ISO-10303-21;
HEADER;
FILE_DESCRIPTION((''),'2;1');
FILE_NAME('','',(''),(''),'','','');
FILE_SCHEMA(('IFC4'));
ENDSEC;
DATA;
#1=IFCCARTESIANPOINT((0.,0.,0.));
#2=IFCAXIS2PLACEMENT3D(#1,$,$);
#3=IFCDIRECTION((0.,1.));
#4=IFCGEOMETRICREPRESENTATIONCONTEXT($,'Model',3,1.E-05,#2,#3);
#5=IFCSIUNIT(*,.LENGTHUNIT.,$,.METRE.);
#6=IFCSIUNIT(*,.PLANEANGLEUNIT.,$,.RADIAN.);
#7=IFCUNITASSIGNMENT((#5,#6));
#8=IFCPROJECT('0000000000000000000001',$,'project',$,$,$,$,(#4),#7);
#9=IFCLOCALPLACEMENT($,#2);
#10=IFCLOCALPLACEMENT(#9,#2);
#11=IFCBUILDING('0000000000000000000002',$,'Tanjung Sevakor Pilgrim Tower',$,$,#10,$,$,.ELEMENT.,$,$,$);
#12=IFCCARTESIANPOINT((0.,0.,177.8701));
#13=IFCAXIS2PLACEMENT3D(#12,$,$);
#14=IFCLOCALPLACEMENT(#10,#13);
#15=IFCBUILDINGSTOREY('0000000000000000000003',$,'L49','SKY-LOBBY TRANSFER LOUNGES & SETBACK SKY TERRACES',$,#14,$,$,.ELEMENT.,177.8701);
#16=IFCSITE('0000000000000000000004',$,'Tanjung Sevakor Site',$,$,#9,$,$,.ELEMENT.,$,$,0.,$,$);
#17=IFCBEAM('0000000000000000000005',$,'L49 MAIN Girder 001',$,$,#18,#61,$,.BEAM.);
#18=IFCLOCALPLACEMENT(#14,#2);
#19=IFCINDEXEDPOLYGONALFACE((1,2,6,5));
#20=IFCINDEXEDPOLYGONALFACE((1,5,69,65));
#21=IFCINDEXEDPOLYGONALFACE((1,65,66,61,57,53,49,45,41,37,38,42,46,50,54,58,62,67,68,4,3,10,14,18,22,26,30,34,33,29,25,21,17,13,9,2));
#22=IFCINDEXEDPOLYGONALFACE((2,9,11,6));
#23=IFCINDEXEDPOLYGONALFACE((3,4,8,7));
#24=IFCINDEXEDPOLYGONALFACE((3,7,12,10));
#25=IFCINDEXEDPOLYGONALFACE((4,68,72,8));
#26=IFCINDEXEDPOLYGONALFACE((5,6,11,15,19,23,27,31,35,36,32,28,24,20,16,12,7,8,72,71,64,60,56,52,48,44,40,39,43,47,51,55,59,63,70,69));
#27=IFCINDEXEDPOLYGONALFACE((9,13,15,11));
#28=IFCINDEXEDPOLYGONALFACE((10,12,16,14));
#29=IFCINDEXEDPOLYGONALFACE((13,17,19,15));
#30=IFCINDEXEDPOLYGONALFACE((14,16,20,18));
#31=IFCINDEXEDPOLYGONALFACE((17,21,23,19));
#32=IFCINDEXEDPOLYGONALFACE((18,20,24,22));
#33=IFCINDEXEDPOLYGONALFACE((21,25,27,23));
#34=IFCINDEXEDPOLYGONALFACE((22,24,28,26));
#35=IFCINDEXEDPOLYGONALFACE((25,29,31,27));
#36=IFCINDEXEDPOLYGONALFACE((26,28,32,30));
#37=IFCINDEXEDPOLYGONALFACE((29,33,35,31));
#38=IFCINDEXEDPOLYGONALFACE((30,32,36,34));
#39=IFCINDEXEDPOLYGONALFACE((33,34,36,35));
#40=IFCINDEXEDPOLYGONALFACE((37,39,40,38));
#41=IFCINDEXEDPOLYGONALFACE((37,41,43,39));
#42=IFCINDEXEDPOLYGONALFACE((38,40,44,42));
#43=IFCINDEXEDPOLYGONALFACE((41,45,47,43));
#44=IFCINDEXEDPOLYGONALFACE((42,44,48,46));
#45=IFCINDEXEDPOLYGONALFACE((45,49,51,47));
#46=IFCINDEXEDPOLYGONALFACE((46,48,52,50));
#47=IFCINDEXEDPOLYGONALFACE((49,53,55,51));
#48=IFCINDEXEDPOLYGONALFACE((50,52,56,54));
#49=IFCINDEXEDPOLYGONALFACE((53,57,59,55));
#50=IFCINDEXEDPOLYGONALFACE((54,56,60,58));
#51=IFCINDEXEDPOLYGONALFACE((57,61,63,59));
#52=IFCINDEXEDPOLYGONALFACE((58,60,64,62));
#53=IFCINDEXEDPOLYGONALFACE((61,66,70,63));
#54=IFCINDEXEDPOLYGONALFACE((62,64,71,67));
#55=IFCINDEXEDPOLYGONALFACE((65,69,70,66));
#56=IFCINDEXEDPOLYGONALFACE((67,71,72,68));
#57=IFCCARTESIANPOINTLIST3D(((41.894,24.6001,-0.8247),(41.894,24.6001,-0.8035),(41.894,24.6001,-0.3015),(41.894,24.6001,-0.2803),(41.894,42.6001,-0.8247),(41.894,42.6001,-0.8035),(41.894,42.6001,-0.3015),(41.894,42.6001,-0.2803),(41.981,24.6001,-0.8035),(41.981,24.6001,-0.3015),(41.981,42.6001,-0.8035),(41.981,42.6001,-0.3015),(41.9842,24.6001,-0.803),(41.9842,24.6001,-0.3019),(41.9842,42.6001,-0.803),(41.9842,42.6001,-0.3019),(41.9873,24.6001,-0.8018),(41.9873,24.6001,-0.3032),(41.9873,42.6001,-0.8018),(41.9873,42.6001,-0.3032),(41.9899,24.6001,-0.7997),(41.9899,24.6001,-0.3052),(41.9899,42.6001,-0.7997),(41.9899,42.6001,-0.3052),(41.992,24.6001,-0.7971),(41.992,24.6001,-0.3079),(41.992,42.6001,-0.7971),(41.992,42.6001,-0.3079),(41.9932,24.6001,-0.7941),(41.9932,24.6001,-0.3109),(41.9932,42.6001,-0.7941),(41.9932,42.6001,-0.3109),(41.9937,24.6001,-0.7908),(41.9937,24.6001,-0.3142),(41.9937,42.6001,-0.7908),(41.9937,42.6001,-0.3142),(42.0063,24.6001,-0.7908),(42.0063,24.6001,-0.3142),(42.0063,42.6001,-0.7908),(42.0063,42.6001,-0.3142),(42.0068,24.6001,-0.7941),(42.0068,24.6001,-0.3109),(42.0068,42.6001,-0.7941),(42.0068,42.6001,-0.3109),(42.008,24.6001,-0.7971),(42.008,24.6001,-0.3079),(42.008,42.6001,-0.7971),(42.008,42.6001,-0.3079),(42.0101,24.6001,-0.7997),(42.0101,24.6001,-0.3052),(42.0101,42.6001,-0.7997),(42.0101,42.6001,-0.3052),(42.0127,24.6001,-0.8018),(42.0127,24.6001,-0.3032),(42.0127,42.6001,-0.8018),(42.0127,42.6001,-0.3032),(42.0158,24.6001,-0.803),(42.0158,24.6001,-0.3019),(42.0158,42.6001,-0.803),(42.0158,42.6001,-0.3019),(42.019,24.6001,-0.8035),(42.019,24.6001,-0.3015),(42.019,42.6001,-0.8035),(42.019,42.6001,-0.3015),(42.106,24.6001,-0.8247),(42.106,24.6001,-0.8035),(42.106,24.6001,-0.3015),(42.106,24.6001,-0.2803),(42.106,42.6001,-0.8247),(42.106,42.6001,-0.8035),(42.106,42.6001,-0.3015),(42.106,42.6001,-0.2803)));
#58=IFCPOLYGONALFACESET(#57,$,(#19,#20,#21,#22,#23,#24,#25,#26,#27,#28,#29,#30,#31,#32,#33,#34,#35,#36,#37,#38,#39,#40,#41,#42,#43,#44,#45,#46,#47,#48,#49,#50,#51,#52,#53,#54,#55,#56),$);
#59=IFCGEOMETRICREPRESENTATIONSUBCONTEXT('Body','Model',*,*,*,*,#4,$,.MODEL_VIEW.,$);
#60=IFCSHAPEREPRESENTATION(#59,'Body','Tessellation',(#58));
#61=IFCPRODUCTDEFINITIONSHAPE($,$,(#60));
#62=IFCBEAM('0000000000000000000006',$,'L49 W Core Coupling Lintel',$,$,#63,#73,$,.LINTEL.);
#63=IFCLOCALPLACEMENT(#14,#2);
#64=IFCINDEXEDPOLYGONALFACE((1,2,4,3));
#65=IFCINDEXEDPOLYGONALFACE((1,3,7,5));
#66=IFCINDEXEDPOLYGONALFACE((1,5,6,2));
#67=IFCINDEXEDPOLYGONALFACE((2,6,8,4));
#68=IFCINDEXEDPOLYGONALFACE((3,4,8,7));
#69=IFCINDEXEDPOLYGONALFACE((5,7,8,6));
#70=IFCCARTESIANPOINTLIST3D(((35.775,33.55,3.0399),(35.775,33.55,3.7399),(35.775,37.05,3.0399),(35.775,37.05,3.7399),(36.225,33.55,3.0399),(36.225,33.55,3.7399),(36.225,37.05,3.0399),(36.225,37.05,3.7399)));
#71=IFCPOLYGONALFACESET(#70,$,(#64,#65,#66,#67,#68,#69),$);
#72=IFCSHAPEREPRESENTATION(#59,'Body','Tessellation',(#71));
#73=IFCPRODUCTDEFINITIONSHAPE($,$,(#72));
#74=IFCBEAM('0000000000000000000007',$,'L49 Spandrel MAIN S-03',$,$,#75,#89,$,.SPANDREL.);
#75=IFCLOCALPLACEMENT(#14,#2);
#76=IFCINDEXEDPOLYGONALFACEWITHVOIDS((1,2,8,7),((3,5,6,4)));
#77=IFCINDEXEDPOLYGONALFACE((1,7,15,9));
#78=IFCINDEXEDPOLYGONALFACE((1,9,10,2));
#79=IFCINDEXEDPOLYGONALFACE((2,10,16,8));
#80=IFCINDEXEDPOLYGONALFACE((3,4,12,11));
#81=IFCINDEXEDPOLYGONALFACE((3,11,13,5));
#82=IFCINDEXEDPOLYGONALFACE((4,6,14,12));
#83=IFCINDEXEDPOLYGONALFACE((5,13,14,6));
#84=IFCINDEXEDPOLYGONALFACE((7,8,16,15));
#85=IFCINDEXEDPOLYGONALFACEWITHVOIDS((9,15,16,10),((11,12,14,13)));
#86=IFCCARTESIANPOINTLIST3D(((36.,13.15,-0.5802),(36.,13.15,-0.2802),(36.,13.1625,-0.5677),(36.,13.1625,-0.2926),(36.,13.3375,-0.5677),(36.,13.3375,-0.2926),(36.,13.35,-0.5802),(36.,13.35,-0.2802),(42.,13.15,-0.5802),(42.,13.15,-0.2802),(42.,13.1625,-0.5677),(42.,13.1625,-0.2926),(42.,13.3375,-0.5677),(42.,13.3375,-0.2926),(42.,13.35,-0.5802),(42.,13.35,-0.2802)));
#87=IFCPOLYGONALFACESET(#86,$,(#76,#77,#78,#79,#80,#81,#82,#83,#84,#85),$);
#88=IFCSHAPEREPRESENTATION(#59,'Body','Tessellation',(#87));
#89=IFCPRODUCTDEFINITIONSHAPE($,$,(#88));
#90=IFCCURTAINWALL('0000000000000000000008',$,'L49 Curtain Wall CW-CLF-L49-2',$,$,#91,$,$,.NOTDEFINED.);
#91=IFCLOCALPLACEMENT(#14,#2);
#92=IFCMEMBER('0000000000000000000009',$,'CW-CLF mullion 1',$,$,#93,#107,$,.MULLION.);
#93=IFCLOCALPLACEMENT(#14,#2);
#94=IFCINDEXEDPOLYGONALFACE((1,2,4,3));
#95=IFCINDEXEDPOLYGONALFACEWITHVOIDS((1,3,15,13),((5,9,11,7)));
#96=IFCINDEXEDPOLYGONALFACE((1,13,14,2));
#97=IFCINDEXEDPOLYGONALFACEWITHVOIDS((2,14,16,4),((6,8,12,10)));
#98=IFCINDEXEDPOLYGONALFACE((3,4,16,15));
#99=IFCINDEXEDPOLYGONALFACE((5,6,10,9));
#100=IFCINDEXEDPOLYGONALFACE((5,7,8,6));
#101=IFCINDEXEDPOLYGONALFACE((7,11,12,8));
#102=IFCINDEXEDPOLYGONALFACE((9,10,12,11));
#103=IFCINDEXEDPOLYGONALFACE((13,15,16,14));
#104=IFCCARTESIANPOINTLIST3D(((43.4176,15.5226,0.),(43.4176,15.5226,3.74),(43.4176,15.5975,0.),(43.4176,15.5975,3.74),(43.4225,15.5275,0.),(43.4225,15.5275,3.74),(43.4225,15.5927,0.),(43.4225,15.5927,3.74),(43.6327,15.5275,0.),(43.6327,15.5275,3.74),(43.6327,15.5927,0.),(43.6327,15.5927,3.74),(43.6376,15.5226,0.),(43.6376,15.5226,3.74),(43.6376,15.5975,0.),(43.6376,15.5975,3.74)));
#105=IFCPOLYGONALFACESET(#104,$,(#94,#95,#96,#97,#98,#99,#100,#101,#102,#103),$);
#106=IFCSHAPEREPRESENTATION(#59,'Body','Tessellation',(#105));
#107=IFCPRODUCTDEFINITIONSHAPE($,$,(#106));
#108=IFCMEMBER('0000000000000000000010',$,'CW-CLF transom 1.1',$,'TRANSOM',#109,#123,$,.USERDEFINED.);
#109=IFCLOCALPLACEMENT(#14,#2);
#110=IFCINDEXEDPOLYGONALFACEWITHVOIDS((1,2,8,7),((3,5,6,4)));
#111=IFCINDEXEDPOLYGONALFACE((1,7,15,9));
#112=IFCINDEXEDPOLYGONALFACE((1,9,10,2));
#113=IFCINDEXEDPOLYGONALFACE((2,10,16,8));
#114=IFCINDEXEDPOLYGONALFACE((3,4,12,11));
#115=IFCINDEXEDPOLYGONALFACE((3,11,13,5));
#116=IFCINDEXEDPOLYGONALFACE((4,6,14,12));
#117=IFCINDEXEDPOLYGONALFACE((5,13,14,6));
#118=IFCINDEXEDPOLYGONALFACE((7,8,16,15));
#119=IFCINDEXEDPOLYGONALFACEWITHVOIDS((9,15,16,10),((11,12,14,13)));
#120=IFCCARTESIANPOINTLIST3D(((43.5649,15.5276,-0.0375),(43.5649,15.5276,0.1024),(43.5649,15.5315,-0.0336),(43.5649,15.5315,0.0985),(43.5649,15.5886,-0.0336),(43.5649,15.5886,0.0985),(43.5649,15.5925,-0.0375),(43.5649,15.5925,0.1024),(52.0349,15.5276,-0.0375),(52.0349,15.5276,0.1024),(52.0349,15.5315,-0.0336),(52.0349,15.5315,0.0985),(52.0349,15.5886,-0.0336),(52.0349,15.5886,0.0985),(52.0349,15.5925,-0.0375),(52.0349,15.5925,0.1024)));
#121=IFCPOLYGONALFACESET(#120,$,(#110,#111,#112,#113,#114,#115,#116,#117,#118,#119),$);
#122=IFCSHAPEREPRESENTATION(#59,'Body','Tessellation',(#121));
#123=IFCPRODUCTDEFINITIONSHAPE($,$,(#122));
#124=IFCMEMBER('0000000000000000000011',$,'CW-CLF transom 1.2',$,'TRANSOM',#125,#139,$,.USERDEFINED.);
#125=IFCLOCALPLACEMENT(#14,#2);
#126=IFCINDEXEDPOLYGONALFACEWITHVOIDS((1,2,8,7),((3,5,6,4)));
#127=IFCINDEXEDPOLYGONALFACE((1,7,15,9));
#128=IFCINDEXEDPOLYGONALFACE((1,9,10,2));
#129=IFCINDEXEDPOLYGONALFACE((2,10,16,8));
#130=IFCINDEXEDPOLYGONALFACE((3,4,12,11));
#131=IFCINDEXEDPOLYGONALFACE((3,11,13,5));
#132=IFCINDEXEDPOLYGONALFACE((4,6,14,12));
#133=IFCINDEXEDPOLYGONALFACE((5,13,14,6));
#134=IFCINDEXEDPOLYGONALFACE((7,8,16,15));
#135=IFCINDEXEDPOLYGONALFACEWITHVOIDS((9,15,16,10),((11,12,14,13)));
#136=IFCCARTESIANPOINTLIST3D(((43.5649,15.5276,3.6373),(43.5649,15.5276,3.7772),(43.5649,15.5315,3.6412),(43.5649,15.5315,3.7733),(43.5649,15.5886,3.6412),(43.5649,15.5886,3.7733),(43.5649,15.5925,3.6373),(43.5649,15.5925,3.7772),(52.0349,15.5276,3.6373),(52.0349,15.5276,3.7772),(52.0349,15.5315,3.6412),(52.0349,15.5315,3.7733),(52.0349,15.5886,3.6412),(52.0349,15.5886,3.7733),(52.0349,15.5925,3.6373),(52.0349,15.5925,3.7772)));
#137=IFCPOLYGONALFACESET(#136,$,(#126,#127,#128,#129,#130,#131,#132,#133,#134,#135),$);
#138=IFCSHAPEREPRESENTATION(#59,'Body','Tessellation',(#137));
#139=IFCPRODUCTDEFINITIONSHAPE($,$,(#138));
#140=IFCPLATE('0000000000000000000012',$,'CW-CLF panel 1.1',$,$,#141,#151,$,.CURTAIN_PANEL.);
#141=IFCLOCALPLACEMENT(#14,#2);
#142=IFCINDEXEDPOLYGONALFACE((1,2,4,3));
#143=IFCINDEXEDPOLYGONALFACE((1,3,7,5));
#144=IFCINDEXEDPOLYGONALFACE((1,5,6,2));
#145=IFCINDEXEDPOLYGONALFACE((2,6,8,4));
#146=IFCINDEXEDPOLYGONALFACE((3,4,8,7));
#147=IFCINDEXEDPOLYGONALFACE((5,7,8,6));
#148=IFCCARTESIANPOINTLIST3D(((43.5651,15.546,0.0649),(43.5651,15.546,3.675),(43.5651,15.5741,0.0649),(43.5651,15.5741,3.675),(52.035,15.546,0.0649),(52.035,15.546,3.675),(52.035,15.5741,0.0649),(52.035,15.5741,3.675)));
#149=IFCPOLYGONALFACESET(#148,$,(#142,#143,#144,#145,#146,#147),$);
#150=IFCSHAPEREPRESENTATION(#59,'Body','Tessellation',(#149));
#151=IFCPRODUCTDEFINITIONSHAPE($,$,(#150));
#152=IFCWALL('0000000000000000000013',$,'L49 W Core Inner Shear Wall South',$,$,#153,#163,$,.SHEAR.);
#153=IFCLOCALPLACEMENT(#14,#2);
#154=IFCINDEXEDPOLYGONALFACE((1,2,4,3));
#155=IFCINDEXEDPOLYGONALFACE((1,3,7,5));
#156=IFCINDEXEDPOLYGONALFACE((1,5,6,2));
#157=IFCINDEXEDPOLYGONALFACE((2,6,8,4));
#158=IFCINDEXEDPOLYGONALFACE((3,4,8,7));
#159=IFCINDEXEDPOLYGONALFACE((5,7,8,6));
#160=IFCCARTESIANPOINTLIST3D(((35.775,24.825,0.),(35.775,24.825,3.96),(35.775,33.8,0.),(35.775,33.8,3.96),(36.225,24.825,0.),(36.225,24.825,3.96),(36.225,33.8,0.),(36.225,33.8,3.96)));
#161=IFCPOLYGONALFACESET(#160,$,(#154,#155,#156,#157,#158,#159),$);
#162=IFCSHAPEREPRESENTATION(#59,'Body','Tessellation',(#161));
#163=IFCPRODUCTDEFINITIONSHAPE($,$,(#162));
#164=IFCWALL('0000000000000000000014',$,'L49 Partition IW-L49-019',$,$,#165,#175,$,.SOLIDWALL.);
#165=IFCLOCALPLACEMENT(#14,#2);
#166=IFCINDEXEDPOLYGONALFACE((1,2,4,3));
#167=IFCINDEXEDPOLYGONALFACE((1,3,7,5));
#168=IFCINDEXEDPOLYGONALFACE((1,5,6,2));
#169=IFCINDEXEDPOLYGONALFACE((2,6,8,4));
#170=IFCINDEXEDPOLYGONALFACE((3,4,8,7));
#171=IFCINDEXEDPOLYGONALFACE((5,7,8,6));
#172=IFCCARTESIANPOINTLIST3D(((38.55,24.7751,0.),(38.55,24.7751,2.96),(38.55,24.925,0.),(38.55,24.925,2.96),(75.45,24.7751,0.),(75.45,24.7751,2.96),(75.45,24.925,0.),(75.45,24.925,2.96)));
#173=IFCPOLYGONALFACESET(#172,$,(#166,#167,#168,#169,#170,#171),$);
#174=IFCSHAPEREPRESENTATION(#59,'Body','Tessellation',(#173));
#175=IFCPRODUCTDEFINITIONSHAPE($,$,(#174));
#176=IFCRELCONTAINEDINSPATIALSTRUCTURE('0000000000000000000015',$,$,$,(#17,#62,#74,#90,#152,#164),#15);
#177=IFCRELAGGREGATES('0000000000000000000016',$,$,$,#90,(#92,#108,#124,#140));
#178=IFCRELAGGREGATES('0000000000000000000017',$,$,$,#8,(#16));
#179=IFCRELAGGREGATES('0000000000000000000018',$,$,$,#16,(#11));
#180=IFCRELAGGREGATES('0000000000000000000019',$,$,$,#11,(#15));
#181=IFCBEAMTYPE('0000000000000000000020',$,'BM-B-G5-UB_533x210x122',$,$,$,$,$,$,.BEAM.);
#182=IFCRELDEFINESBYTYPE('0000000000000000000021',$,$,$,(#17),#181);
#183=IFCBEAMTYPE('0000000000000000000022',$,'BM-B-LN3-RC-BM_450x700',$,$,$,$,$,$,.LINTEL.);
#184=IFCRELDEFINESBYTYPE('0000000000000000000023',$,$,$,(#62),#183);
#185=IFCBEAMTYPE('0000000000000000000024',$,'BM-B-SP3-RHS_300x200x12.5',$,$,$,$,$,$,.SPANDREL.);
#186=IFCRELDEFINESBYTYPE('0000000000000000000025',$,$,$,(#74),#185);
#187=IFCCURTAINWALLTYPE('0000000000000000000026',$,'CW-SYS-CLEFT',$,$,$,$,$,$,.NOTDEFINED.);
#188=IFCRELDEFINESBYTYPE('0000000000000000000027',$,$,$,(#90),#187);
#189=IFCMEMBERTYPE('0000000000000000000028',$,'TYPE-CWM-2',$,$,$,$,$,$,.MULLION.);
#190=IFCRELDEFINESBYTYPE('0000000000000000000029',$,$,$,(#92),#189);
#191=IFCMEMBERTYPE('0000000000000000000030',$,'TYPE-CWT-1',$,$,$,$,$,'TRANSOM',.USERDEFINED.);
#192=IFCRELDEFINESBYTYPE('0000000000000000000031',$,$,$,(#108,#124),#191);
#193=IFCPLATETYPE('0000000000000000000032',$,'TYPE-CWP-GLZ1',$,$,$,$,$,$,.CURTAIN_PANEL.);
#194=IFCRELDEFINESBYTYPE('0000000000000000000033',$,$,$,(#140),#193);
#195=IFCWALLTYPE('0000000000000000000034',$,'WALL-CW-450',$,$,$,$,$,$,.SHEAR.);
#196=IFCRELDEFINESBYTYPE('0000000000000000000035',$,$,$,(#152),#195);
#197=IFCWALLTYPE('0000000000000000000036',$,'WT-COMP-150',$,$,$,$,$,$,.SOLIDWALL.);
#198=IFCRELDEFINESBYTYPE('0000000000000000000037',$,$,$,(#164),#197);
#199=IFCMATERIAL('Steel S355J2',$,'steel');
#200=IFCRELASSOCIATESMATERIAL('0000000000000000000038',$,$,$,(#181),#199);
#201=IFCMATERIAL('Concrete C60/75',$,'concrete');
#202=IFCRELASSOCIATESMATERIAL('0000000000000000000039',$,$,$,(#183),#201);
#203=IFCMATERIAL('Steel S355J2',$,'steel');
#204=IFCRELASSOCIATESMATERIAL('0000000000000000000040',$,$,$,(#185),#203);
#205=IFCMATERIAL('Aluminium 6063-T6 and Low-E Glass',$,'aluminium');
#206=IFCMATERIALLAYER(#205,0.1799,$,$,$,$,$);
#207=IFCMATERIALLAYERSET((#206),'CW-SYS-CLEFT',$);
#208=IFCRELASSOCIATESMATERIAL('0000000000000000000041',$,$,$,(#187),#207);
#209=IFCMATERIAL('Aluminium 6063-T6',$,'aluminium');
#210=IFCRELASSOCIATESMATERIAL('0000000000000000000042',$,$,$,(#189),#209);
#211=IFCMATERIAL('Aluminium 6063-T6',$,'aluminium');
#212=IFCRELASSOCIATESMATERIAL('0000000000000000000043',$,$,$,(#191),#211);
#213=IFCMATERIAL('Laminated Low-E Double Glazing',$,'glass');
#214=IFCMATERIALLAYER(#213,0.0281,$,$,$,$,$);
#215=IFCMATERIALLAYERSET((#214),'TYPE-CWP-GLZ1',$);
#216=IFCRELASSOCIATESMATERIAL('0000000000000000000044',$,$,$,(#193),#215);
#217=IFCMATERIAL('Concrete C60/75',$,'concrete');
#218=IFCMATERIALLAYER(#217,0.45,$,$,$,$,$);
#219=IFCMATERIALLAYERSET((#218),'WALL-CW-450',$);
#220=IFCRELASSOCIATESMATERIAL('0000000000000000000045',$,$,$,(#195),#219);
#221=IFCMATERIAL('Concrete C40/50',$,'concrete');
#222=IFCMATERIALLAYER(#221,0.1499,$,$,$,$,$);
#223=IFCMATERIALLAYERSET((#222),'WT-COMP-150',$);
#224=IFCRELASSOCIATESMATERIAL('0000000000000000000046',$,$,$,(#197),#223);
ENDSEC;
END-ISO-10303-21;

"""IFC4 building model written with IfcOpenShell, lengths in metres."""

from ifc_helpers import new_model, si_unit, direction, frame, frame_2d, origin, origin_2d, place, context, subcontext, project, spatial, rectangle, hollow_rectangle, i_section, extrude, material, layer, layer_set, material_profile, profile_set, type_object, element, aggregate, save


model = new_model("IFC4")

# Units and contexts
model_context = context("Model", 3, precision=1e-05, world=origin(), true_north=direction((0.0, 1.0)))
body_context = subcontext(model_context, "Body", "Model", "MODEL_VIEW")
ifc_project = project(units=[si_unit("LENGTHUNIT", "METRE"), si_unit("PLANEANGLEUNIT", "RADIAN")], contexts=[model_context])

# Site, building, storey
site_placement = place(None, origin())
site = spatial("IfcSite", under=ifc_project, at=site_placement, Name="Tanjung Sevakor Site", CompositionType="ELEMENT", RefElevation=0.0)
building_placement = place(site_placement, origin())
building = spatial("IfcBuilding", under=site, at=building_placement, Name="Tanjung Sevakor Pilgrim Tower", CompositionType="ELEMENT")
storey_placement = place(building_placement, frame((0.0, 0.0, 177.8701)))
storey = spatial("IfcBuildingStorey", under=building, at=storey_placement, Name="L49", Description="SKY-LOBBY TRANSFER LOUNGES & SETBACK SKY TERRACES", CompositionType="ELEMENT", Elevation=177.8701)

# Beams
ifc_material_1 = material(Name="Steel S355J2", Category="steel")
ifc_material_profile_1 = material_profile(ifc_material_1, i_section(OverallWidth=0.2119, OverallDepth=0.5444, WebThickness=0.0127, FlangeThickness=0.0212, FilletRadius=0.0127, at=origin_2d()))
ifc_profile_set_1 = profile_set([ifc_material_profile_1], Name="Steel S355J2")
beam_type_1 = type_object("IfcBeamType", Name="BM-B-G5-UB_533x210x122", PredefinedType="BEAM", material=ifc_profile_set_1)
beam_1_placement = place(storey_placement, frame((42.0, 24.6001, -0.5525), z_axis=(0.0, 1.0, 0.0), x_axis=(-1.0, 0.0, 0.0)))
element("IfcBeam", 1, at=beam_1_placement, inside=storey, type_object=beam_type_1, Name="L49 MAIN Girder 001", PredefinedType="BEAM", context=body_context, shape_type="SweptSolid", body=[
    extrude(i_section(OverallWidth=0.2119, OverallDepth=0.5444, WebThickness=0.0127, FlangeThickness=0.0212, FilletRadius=0.0127, at=origin_2d()), origin(), (0.0, 0.0, 1.0), 18.0),
])
ifc_material_2 = material(Name="Concrete C60/75", Category="concrete")
ifc_material_profile_2 = material_profile(ifc_material_2, rectangle(XDim=0.45, YDim=0.7, at=origin_2d()))
ifc_profile_set_2 = profile_set([ifc_material_profile_2], Name="Concrete C60/75")
beam_type_2 = type_object("IfcBeamType", Name="BM-B-LN3-RC-BM_450x700", PredefinedType="LINTEL", material=ifc_profile_set_2)
beam_2_placement = place(storey_placement, frame((36.0, 33.55, 3.3899), z_axis=(0.0, 1.0, 0.0), x_axis=(-1.0, 0.0, 0.0)))
element("IfcBeam", 2, at=beam_2_placement, inside=storey, type_object=beam_type_2, Name="L49 W Core Coupling Lintel", PredefinedType="LINTEL", context=body_context, shape_type="SweptSolid", body=[
    extrude(rectangle(XDim=0.45, YDim=0.7, at=origin_2d()), origin(), (0.0, 0.0, 1.0), 3.5),
])
ifc_material_3 = material(Name="Steel S355J2", Category="steel")
ifc_material_profile_3 = material_profile(ifc_material_3, hollow_rectangle(XDim=0.2, YDim=0.3, WallThickness=0.0125, at=origin_2d()))
ifc_profile_set_3 = profile_set([ifc_material_profile_3], Name="Steel S355J2")
beam_type_3 = type_object("IfcBeamType", Name="BM-B-SP3-RHS_300x200x12.5", PredefinedType="SPANDREL", material=ifc_profile_set_3)
beam_3_placement = place(storey_placement, frame((36.0, 13.25, -0.4302), z_axis=(1.0, 0.0, 0.0), x_axis=(0.0, 1.0, 0.0)))
element("IfcBeam", 3, at=beam_3_placement, inside=storey, type_object=beam_type_3, Name="L49 Spandrel MAIN S-03", PredefinedType="SPANDREL", context=body_context, shape_type="SweptSolid", body=[
    extrude(hollow_rectangle(XDim=0.2, YDim=0.3, WallThickness=0.0125, at=origin_2d()), origin(), (0.0, 0.0, 1.0), 6.0),
])

# Curtain wall, members, plate
ifc_material_4 = material(Name="Aluminium 6063-T6 and Low-E Glass", Category="aluminium")
ifc_layer_1 = layer(ifc_material_4, 0.1799)
ifc_layer_set_1 = layer_set([ifc_layer_1], Name="CW-SYS-CLEFT")
curtain_wall_type = type_object("IfcCurtainWallType", Name="CW-SYS-CLEFT", PredefinedType="NOTDEFINED", material=ifc_layer_set_1)
curtain_wall_placement = place(storey_placement, origin())
curtain_wall = element("IfcCurtainWall", 4, at=curtain_wall_placement, inside=storey, type_object=curtain_wall_type, Name="L49 Curtain Wall CW-CLF-L49-2", PredefinedType="NOTDEFINED")
ifc_material_5 = material(Name="Aluminium 6063-T6", Category="aluminium")
ifc_material_profile_4 = material_profile(ifc_material_5, hollow_rectangle(XDim=0.075, YDim=0.22, WallThickness=0.0049, at=origin_2d()))
ifc_profile_set_4 = profile_set([ifc_material_profile_4], Name="Aluminium 6063-T6")
member_type_1 = type_object("IfcMemberType", Name="TYPE-CWM-2", PredefinedType="MULLION", material=ifc_profile_set_4)
member_1_placement = place(storey_placement, frame((43.5276, 15.5601, 0.0), z_axis=(0.0, 0.0, 1.0), x_axis=(0.0, 1.0, 0.0)))
member_1 = element("IfcMember", 5, at=member_1_placement, type_object=member_type_1, Name="CW-CLF mullion 1", PredefinedType="MULLION", context=body_context, shape_type="SweptSolid", body=[
    extrude(hollow_rectangle(XDim=0.075, YDim=0.22, WallThickness=0.0049, at=origin_2d()), origin(), (0.0, 0.0, 1.0), 3.74),
])
ifc_material_6 = material(Name="Aluminium 6063-T6", Category="aluminium")
ifc_material_profile_5 = material_profile(ifc_material_6, hollow_rectangle(XDim=0.0649, YDim=0.1399, WallThickness=0.0039, at=origin_2d()))
ifc_profile_set_5 = profile_set([ifc_material_profile_5], Name="Aluminium 6063-T6")
member_type_2 = type_object("IfcMemberType", Name="TYPE-CWT-1", ElementType="TRANSOM", PredefinedType="USERDEFINED", material=ifc_profile_set_5)
member_2_placement = place(storey_placement, frame((43.5649, 15.5601, 0.0325), z_axis=(1.0, 0.0, 0.0), x_axis=(0.0, 1.0, 0.0)))
member_2 = element("IfcMember", 6, at=member_2_placement, type_object=member_type_2, Name="CW-CLF transom 1.1", ObjectType="TRANSOM", PredefinedType="USERDEFINED", context=body_context, shape_type="SweptSolid", body=[
    extrude(hollow_rectangle(XDim=0.0649, YDim=0.1399, WallThickness=0.0039, at=origin_2d()), origin(), (0.0, 0.0, 1.0), 8.47),
])
member_3_placement = place(storey_placement, frame((43.5649, 15.5601, 3.7073), z_axis=(1.0, 0.0, 0.0), x_axis=(0.0, 1.0, 0.0)))
member_3 = element("IfcMember", 7, at=member_3_placement, type_object=member_type_2, Name="CW-CLF transom 1.2", ObjectType="TRANSOM", PredefinedType="USERDEFINED", context=body_context, shape_type="SweptSolid", body=[
    extrude(hollow_rectangle(XDim=0.0649, YDim=0.1399, WallThickness=0.0039, at=origin_2d()), origin(), (0.0, 0.0, 1.0), 8.47),
])
ifc_material_7 = material(Name="Laminated Low-E Double Glazing", Category="glass")
ifc_layer_2 = layer(ifc_material_7, 0.0281)
ifc_layer_set_2 = layer_set([ifc_layer_2], Name="TYPE-CWP-GLZ1")
plate_type = type_object("IfcPlateType", Name="TYPE-CWP-GLZ1", PredefinedType="CURTAIN_PANEL", material=ifc_layer_set_2)
plate_placement = place(storey_placement, frame((47.8, 15.5601, 0.0649), z_axis=(0.0, 0.0, 1.0), x_axis=(1.0, 0.0, 0.0)))
plate = element("IfcPlate", 8, at=plate_placement, type_object=plate_type, Name="CW-CLF panel 1.1", PredefinedType="CURTAIN_PANEL", context=body_context, shape_type="SweptSolid", body=[
    extrude(rectangle(XDim=8.47, YDim=0.0281, at=origin_2d()), origin(), (0.0, 0.0, 1.0), 3.6101),
])
aggregate(curtain_wall, [member_1, member_2, member_3, plate])

# Walls
ifc_material_8 = material(Name="Concrete C60/75", Category="concrete")
ifc_layer_3 = layer(ifc_material_8, 0.45)
ifc_layer_set_3 = layer_set([ifc_layer_3], Name="WALL-CW-450")
wall_type_1 = type_object("IfcWallType", Name="WALL-CW-450", PredefinedType="SHEAR", material=ifc_layer_set_3)
wall_1_placement = place(storey_placement, frame((36.0, 24.825, 0.0), z_axis=(0.0, 0.0, 1.0), x_axis=(0.0, 1.0, 0.0)))
element("IfcWall", 9, at=wall_1_placement, inside=storey, type_object=wall_type_1, Name="L49 W Core Inner Shear Wall South", PredefinedType="SHEAR", context=body_context, shape_type="SweptSolid", body=[
    extrude(rectangle(XDim=8.9751, YDim=0.45, at=frame_2d((4.4875, 0.0))), origin(), (0.0, 0.0, 1.0), 3.96),
])
ifc_material_9 = material(Name="Concrete C40/50", Category="concrete")
ifc_layer_4 = layer(ifc_material_9, 0.1499)
ifc_layer_set_4 = layer_set([ifc_layer_4], Name="WT-COMP-150")
wall_type_2 = type_object("IfcWallType", Name="WT-COMP-150", PredefinedType="SOLIDWALL", material=ifc_layer_set_4)
wall_2_placement = place(storey_placement, frame((38.55, 24.8501, 0.0), z_axis=(0.0, 0.0, 1.0), x_axis=(1.0, 0.0, 0.0)))
element("IfcWall", 10, at=wall_2_placement, inside=storey, type_object=wall_type_2, Name="L49 Partition IW-L49-019", PredefinedType="SOLIDWALL", context=body_context, shape_type="SweptSolid", body=[
    extrude(rectangle(XDim=36.8999, YDim=0.1499, at=frame_2d((18.45, 0.0))), origin(), (0.0, 0.0, 1.0), 2.96),
])

save(model, "model.ifc")
